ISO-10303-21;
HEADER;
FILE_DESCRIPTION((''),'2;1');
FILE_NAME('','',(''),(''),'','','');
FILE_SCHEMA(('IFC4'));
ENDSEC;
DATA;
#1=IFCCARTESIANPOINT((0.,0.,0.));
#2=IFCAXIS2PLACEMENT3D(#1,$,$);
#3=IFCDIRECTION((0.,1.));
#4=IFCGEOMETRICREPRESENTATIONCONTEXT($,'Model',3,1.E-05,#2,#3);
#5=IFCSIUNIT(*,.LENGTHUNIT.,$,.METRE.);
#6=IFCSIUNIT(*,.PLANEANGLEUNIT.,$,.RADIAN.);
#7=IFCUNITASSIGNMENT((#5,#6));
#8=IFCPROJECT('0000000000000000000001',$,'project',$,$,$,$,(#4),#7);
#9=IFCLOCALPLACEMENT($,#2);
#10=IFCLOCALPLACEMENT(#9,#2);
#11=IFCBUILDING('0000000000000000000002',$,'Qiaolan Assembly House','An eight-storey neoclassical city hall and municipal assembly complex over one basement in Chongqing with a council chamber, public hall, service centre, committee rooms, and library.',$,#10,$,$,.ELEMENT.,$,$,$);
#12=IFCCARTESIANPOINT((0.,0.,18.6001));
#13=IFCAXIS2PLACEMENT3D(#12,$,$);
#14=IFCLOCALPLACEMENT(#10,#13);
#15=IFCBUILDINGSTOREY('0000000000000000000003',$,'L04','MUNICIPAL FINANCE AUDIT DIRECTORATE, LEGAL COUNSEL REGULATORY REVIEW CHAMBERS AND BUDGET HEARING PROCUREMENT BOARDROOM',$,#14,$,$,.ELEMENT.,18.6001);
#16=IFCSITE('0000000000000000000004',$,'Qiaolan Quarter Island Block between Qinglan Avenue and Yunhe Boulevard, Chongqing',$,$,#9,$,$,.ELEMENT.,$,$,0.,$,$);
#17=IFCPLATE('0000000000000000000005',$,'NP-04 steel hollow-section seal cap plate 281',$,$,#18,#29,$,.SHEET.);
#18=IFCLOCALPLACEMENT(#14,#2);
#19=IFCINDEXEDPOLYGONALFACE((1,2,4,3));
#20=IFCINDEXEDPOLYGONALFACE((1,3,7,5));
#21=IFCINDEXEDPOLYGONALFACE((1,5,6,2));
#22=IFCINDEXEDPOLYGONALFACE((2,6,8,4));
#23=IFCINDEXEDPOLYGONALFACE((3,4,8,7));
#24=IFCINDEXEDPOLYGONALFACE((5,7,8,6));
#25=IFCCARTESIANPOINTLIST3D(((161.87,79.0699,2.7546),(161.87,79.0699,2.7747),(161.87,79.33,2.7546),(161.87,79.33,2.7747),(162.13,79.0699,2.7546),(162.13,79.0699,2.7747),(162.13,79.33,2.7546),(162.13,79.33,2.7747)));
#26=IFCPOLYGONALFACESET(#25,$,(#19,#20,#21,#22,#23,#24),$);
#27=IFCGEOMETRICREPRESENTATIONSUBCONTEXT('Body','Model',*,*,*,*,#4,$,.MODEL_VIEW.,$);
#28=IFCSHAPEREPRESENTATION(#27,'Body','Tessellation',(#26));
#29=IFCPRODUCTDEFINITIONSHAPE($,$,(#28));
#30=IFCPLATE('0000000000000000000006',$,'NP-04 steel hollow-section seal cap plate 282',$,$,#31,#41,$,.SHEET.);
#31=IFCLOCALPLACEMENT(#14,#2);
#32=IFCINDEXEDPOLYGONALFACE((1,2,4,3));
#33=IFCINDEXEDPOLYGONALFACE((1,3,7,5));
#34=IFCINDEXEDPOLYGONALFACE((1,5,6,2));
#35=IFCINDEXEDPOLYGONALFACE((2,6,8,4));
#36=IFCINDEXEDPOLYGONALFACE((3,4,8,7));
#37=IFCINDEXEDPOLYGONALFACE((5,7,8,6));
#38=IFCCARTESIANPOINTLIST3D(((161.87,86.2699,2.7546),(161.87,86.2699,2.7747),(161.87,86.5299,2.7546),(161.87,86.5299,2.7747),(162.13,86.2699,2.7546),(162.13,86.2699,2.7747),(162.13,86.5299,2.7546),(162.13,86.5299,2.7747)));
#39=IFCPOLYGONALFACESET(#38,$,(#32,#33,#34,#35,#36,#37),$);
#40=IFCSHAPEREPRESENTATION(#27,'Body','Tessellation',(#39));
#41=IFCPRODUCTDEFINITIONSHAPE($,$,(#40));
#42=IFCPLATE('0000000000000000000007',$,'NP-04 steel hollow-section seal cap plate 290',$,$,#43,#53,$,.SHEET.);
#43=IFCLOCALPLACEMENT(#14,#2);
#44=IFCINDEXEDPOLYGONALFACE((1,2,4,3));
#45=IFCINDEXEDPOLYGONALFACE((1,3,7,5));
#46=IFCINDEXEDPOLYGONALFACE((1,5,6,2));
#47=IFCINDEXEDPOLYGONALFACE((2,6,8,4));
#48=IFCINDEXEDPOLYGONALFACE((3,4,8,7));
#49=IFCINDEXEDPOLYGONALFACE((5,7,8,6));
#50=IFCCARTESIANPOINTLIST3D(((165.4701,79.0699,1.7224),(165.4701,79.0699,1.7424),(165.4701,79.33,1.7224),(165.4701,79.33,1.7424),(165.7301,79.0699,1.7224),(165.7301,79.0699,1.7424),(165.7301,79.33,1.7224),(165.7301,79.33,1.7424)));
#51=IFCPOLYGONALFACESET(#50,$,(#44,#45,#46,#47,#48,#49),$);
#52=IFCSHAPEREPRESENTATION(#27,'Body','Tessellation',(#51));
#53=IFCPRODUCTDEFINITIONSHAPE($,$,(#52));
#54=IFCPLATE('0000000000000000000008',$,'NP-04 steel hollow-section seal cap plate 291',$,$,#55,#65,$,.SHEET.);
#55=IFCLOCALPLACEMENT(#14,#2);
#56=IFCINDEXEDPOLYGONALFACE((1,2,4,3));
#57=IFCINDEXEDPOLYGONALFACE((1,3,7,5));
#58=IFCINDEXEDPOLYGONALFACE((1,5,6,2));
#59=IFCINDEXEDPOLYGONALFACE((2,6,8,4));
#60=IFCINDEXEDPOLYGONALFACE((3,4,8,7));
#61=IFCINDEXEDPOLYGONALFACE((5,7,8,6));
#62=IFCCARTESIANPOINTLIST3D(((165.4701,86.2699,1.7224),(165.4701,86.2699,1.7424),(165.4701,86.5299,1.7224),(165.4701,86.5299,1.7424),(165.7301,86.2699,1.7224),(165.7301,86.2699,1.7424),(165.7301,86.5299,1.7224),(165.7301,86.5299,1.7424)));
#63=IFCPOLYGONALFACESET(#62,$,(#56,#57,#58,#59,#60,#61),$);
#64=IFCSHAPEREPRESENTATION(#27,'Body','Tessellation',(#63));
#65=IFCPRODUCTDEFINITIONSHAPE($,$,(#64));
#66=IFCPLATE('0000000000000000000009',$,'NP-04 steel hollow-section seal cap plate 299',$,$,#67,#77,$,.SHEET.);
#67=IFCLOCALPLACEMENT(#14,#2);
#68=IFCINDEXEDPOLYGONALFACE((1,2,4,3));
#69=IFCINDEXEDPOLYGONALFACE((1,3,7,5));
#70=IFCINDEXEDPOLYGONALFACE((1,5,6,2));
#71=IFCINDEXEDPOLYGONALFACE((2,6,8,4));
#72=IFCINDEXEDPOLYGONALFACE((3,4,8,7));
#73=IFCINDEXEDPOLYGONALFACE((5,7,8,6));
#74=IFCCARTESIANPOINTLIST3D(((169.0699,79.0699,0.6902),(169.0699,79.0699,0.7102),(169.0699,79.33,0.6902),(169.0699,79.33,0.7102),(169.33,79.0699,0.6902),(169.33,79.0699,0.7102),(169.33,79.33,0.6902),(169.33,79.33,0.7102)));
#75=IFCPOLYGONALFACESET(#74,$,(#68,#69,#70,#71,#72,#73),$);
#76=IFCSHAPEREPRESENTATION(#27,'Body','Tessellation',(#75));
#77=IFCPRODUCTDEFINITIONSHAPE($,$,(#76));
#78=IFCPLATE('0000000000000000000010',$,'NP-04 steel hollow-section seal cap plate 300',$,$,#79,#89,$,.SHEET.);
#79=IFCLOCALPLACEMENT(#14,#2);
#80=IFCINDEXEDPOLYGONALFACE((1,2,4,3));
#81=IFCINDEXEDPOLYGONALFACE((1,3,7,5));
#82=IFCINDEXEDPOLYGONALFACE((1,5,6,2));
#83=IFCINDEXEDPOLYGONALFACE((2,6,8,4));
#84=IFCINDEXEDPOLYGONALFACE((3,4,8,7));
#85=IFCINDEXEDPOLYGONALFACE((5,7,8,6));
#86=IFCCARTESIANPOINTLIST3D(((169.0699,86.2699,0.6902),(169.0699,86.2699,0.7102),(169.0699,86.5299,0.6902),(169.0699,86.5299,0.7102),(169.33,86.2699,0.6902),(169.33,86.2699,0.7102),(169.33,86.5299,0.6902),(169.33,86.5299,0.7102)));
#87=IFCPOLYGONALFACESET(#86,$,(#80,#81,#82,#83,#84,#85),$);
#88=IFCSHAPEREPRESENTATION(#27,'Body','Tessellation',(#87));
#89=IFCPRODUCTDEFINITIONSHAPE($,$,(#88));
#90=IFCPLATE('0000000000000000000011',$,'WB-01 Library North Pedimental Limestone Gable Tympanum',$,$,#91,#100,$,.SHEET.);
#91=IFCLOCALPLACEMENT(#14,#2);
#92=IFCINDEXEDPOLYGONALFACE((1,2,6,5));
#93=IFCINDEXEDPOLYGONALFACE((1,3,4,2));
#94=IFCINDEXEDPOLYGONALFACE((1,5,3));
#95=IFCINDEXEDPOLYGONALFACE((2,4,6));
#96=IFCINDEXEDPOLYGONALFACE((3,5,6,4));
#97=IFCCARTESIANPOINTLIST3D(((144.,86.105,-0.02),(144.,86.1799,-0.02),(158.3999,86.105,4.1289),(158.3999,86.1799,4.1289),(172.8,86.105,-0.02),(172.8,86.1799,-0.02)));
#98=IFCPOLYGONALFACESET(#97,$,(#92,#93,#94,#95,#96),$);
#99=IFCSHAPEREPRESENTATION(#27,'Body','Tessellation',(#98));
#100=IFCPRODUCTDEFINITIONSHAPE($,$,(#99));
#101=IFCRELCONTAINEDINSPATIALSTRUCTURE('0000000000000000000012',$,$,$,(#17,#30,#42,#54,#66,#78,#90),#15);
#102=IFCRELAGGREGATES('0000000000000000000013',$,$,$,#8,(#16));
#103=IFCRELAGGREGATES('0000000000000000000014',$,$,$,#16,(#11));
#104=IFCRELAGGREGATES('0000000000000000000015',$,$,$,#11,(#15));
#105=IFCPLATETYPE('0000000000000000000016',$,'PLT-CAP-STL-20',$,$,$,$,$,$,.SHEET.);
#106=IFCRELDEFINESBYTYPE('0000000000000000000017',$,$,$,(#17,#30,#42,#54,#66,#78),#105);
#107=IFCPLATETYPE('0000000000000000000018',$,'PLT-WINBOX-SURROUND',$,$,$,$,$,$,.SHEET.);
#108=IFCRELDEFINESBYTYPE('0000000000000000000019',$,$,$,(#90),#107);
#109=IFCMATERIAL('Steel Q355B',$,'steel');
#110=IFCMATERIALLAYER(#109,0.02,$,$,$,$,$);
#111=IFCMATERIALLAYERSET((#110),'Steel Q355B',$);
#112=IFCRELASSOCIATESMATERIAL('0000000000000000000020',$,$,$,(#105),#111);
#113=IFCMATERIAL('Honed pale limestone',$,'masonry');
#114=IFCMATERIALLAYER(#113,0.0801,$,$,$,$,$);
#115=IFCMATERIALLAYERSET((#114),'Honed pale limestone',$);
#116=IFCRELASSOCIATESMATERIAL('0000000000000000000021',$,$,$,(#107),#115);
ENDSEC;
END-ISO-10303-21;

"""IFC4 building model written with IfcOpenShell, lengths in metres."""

from ifc_helpers import new_model, si_unit, direction, frame, origin, origin_2d, place, context, subcontext, project, spatial, polyline, rectangle, outline, extrude, material, layer, layer_set, type_object, element, save


model = new_model("IFC4")

# Units and contexts
model_context = context("Model", 3, precision=1e-05, world=origin(), true_north=direction((0.0, 1.0)))
body_context = subcontext(model_context, "Body", "Model", "MODEL_VIEW")
ifc_project = project(units=[si_unit("LENGTHUNIT", "METRE"), si_unit("PLANEANGLEUNIT", "RADIAN")], contexts=[model_context])

# Site, building, storey
site_placement = place(None, origin())
site = spatial("IfcSite", under=ifc_project, at=site_placement, Name="Qiaolan Quarter Island Block between Qinglan Avenue and Yunhe Boulevard, Chongqing", CompositionType="ELEMENT", RefElevation=0.0)
building_placement = place(site_placement, origin())
building = spatial("IfcBuilding", under=site, at=building_placement, Name="Qiaolan Assembly House", Description="An eight-storey neoclassical city hall and municipal assembly complex over one basement in Chongqing with a council chamber, public hall, service centre, committee rooms, and library.", CompositionType="ELEMENT")
storey_placement = place(building_placement, frame((0.0, 0.0, 18.6001)))
storey = spatial("IfcBuildingStorey", under=building, at=storey_placement, Name="L04", Description="MUNICIPAL FINANCE AUDIT DIRECTORATE, LEGAL COUNSEL REGULATORY REVIEW CHAMBERS AND BUDGET HEARING PROCUREMENT BOARDROOM", CompositionType="ELEMENT", Elevation=18.6001)

# Shared definitions
ifc_material_1 = material(Name="Steel Q355B", Category="steel")

# Plates
ifc_layer_1 = layer(ifc_material_1, 0.02)
ifc_layer_set_1 = layer_set([ifc_layer_1], Name="Steel Q355B")
plate_type_1 = type_object("IfcPlateType", Name="PLT-CAP-STL-20", PredefinedType="SHEET", material=ifc_layer_set_1)
for number, where, z_axis, x_axis, name in (
    (1, (162.0, 79.2, 2.7546), (0.0, 0.0, 1.0), (1.0, 0.0, 0.0), "NP-04 steel hollow-section seal cap plate 281"),
    (2, (162.0, 86.3999, 2.7546), (0.0, 0.0, 1.0), (1.0, 0.0, 0.0), "NP-04 steel hollow-section seal cap plate 282"),
    (3, (165.6001, 79.2, 1.7224), (0.0, 0.0, 1.0), (1.0, 0.0, 0.0), "NP-04 steel hollow-section seal cap plate 290"),
    (4, (165.6001, 86.3999, 1.7224), (0.0, 0.0, 1.0), (1.0, 0.0, 0.0), "NP-04 steel hollow-section seal cap plate 291"),
    (5, (169.2, 79.2, 0.6902), (0.0, 0.0, 1.0), (1.0, 0.0, 0.0), "NP-04 steel hollow-section seal cap plate 299"),
    (6, (169.2, 86.3999, 0.6902), (0.0, 0.0, 1.0), (1.0, 0.0, 0.0), "NP-04 steel hollow-section seal cap plate 300"),
):
    element("IfcPlate", number, at=place(storey_placement, frame(where, z_axis=z_axis, x_axis=x_axis)), inside=storey, type_object=plate_type_1, Name=name, PredefinedType="SHEET", context=body_context, shape_type="SweptSolid", body=[
        extrude(rectangle(XDim=0.26, YDim=0.26, at=origin_2d()), origin(), (0.0, 0.0, 1.0), 0.02),
    ])
ifc_material_2 = material(Name="Honed pale limestone", Category="masonry")
ifc_layer_2 = layer(ifc_material_2, 0.0801)
ifc_layer_set_2 = layer_set([ifc_layer_2], Name="Honed pale limestone")
plate_type_2 = type_object("IfcPlateType", Name="PLT-WINBOX-SURROUND", PredefinedType="SHEET", material=ifc_layer_set_2)
plate_placement = place(storey_placement, frame((172.8, 86.1799, -0.02), z_axis=(0.0, 1.0, 0.0), x_axis=(-1.0, 0.0, 0.0)))
element("IfcPlate", 7, at=plate_placement, inside=storey, type_object=plate_type_2, Name="WB-01 Library North Pedimental Limestone Gable Tympanum", PredefinedType="SHEET", context=body_context, shape_type="SweptSolid", body=[
    extrude(outline(polyline([(0.0, 0.0), (28.8, 0.0), (14.4001, 4.1489), (0.0, 0.0)])), origin(), (0.0, 0.0, -1.0), 0.075),
])

save(model, "model.ifc")
